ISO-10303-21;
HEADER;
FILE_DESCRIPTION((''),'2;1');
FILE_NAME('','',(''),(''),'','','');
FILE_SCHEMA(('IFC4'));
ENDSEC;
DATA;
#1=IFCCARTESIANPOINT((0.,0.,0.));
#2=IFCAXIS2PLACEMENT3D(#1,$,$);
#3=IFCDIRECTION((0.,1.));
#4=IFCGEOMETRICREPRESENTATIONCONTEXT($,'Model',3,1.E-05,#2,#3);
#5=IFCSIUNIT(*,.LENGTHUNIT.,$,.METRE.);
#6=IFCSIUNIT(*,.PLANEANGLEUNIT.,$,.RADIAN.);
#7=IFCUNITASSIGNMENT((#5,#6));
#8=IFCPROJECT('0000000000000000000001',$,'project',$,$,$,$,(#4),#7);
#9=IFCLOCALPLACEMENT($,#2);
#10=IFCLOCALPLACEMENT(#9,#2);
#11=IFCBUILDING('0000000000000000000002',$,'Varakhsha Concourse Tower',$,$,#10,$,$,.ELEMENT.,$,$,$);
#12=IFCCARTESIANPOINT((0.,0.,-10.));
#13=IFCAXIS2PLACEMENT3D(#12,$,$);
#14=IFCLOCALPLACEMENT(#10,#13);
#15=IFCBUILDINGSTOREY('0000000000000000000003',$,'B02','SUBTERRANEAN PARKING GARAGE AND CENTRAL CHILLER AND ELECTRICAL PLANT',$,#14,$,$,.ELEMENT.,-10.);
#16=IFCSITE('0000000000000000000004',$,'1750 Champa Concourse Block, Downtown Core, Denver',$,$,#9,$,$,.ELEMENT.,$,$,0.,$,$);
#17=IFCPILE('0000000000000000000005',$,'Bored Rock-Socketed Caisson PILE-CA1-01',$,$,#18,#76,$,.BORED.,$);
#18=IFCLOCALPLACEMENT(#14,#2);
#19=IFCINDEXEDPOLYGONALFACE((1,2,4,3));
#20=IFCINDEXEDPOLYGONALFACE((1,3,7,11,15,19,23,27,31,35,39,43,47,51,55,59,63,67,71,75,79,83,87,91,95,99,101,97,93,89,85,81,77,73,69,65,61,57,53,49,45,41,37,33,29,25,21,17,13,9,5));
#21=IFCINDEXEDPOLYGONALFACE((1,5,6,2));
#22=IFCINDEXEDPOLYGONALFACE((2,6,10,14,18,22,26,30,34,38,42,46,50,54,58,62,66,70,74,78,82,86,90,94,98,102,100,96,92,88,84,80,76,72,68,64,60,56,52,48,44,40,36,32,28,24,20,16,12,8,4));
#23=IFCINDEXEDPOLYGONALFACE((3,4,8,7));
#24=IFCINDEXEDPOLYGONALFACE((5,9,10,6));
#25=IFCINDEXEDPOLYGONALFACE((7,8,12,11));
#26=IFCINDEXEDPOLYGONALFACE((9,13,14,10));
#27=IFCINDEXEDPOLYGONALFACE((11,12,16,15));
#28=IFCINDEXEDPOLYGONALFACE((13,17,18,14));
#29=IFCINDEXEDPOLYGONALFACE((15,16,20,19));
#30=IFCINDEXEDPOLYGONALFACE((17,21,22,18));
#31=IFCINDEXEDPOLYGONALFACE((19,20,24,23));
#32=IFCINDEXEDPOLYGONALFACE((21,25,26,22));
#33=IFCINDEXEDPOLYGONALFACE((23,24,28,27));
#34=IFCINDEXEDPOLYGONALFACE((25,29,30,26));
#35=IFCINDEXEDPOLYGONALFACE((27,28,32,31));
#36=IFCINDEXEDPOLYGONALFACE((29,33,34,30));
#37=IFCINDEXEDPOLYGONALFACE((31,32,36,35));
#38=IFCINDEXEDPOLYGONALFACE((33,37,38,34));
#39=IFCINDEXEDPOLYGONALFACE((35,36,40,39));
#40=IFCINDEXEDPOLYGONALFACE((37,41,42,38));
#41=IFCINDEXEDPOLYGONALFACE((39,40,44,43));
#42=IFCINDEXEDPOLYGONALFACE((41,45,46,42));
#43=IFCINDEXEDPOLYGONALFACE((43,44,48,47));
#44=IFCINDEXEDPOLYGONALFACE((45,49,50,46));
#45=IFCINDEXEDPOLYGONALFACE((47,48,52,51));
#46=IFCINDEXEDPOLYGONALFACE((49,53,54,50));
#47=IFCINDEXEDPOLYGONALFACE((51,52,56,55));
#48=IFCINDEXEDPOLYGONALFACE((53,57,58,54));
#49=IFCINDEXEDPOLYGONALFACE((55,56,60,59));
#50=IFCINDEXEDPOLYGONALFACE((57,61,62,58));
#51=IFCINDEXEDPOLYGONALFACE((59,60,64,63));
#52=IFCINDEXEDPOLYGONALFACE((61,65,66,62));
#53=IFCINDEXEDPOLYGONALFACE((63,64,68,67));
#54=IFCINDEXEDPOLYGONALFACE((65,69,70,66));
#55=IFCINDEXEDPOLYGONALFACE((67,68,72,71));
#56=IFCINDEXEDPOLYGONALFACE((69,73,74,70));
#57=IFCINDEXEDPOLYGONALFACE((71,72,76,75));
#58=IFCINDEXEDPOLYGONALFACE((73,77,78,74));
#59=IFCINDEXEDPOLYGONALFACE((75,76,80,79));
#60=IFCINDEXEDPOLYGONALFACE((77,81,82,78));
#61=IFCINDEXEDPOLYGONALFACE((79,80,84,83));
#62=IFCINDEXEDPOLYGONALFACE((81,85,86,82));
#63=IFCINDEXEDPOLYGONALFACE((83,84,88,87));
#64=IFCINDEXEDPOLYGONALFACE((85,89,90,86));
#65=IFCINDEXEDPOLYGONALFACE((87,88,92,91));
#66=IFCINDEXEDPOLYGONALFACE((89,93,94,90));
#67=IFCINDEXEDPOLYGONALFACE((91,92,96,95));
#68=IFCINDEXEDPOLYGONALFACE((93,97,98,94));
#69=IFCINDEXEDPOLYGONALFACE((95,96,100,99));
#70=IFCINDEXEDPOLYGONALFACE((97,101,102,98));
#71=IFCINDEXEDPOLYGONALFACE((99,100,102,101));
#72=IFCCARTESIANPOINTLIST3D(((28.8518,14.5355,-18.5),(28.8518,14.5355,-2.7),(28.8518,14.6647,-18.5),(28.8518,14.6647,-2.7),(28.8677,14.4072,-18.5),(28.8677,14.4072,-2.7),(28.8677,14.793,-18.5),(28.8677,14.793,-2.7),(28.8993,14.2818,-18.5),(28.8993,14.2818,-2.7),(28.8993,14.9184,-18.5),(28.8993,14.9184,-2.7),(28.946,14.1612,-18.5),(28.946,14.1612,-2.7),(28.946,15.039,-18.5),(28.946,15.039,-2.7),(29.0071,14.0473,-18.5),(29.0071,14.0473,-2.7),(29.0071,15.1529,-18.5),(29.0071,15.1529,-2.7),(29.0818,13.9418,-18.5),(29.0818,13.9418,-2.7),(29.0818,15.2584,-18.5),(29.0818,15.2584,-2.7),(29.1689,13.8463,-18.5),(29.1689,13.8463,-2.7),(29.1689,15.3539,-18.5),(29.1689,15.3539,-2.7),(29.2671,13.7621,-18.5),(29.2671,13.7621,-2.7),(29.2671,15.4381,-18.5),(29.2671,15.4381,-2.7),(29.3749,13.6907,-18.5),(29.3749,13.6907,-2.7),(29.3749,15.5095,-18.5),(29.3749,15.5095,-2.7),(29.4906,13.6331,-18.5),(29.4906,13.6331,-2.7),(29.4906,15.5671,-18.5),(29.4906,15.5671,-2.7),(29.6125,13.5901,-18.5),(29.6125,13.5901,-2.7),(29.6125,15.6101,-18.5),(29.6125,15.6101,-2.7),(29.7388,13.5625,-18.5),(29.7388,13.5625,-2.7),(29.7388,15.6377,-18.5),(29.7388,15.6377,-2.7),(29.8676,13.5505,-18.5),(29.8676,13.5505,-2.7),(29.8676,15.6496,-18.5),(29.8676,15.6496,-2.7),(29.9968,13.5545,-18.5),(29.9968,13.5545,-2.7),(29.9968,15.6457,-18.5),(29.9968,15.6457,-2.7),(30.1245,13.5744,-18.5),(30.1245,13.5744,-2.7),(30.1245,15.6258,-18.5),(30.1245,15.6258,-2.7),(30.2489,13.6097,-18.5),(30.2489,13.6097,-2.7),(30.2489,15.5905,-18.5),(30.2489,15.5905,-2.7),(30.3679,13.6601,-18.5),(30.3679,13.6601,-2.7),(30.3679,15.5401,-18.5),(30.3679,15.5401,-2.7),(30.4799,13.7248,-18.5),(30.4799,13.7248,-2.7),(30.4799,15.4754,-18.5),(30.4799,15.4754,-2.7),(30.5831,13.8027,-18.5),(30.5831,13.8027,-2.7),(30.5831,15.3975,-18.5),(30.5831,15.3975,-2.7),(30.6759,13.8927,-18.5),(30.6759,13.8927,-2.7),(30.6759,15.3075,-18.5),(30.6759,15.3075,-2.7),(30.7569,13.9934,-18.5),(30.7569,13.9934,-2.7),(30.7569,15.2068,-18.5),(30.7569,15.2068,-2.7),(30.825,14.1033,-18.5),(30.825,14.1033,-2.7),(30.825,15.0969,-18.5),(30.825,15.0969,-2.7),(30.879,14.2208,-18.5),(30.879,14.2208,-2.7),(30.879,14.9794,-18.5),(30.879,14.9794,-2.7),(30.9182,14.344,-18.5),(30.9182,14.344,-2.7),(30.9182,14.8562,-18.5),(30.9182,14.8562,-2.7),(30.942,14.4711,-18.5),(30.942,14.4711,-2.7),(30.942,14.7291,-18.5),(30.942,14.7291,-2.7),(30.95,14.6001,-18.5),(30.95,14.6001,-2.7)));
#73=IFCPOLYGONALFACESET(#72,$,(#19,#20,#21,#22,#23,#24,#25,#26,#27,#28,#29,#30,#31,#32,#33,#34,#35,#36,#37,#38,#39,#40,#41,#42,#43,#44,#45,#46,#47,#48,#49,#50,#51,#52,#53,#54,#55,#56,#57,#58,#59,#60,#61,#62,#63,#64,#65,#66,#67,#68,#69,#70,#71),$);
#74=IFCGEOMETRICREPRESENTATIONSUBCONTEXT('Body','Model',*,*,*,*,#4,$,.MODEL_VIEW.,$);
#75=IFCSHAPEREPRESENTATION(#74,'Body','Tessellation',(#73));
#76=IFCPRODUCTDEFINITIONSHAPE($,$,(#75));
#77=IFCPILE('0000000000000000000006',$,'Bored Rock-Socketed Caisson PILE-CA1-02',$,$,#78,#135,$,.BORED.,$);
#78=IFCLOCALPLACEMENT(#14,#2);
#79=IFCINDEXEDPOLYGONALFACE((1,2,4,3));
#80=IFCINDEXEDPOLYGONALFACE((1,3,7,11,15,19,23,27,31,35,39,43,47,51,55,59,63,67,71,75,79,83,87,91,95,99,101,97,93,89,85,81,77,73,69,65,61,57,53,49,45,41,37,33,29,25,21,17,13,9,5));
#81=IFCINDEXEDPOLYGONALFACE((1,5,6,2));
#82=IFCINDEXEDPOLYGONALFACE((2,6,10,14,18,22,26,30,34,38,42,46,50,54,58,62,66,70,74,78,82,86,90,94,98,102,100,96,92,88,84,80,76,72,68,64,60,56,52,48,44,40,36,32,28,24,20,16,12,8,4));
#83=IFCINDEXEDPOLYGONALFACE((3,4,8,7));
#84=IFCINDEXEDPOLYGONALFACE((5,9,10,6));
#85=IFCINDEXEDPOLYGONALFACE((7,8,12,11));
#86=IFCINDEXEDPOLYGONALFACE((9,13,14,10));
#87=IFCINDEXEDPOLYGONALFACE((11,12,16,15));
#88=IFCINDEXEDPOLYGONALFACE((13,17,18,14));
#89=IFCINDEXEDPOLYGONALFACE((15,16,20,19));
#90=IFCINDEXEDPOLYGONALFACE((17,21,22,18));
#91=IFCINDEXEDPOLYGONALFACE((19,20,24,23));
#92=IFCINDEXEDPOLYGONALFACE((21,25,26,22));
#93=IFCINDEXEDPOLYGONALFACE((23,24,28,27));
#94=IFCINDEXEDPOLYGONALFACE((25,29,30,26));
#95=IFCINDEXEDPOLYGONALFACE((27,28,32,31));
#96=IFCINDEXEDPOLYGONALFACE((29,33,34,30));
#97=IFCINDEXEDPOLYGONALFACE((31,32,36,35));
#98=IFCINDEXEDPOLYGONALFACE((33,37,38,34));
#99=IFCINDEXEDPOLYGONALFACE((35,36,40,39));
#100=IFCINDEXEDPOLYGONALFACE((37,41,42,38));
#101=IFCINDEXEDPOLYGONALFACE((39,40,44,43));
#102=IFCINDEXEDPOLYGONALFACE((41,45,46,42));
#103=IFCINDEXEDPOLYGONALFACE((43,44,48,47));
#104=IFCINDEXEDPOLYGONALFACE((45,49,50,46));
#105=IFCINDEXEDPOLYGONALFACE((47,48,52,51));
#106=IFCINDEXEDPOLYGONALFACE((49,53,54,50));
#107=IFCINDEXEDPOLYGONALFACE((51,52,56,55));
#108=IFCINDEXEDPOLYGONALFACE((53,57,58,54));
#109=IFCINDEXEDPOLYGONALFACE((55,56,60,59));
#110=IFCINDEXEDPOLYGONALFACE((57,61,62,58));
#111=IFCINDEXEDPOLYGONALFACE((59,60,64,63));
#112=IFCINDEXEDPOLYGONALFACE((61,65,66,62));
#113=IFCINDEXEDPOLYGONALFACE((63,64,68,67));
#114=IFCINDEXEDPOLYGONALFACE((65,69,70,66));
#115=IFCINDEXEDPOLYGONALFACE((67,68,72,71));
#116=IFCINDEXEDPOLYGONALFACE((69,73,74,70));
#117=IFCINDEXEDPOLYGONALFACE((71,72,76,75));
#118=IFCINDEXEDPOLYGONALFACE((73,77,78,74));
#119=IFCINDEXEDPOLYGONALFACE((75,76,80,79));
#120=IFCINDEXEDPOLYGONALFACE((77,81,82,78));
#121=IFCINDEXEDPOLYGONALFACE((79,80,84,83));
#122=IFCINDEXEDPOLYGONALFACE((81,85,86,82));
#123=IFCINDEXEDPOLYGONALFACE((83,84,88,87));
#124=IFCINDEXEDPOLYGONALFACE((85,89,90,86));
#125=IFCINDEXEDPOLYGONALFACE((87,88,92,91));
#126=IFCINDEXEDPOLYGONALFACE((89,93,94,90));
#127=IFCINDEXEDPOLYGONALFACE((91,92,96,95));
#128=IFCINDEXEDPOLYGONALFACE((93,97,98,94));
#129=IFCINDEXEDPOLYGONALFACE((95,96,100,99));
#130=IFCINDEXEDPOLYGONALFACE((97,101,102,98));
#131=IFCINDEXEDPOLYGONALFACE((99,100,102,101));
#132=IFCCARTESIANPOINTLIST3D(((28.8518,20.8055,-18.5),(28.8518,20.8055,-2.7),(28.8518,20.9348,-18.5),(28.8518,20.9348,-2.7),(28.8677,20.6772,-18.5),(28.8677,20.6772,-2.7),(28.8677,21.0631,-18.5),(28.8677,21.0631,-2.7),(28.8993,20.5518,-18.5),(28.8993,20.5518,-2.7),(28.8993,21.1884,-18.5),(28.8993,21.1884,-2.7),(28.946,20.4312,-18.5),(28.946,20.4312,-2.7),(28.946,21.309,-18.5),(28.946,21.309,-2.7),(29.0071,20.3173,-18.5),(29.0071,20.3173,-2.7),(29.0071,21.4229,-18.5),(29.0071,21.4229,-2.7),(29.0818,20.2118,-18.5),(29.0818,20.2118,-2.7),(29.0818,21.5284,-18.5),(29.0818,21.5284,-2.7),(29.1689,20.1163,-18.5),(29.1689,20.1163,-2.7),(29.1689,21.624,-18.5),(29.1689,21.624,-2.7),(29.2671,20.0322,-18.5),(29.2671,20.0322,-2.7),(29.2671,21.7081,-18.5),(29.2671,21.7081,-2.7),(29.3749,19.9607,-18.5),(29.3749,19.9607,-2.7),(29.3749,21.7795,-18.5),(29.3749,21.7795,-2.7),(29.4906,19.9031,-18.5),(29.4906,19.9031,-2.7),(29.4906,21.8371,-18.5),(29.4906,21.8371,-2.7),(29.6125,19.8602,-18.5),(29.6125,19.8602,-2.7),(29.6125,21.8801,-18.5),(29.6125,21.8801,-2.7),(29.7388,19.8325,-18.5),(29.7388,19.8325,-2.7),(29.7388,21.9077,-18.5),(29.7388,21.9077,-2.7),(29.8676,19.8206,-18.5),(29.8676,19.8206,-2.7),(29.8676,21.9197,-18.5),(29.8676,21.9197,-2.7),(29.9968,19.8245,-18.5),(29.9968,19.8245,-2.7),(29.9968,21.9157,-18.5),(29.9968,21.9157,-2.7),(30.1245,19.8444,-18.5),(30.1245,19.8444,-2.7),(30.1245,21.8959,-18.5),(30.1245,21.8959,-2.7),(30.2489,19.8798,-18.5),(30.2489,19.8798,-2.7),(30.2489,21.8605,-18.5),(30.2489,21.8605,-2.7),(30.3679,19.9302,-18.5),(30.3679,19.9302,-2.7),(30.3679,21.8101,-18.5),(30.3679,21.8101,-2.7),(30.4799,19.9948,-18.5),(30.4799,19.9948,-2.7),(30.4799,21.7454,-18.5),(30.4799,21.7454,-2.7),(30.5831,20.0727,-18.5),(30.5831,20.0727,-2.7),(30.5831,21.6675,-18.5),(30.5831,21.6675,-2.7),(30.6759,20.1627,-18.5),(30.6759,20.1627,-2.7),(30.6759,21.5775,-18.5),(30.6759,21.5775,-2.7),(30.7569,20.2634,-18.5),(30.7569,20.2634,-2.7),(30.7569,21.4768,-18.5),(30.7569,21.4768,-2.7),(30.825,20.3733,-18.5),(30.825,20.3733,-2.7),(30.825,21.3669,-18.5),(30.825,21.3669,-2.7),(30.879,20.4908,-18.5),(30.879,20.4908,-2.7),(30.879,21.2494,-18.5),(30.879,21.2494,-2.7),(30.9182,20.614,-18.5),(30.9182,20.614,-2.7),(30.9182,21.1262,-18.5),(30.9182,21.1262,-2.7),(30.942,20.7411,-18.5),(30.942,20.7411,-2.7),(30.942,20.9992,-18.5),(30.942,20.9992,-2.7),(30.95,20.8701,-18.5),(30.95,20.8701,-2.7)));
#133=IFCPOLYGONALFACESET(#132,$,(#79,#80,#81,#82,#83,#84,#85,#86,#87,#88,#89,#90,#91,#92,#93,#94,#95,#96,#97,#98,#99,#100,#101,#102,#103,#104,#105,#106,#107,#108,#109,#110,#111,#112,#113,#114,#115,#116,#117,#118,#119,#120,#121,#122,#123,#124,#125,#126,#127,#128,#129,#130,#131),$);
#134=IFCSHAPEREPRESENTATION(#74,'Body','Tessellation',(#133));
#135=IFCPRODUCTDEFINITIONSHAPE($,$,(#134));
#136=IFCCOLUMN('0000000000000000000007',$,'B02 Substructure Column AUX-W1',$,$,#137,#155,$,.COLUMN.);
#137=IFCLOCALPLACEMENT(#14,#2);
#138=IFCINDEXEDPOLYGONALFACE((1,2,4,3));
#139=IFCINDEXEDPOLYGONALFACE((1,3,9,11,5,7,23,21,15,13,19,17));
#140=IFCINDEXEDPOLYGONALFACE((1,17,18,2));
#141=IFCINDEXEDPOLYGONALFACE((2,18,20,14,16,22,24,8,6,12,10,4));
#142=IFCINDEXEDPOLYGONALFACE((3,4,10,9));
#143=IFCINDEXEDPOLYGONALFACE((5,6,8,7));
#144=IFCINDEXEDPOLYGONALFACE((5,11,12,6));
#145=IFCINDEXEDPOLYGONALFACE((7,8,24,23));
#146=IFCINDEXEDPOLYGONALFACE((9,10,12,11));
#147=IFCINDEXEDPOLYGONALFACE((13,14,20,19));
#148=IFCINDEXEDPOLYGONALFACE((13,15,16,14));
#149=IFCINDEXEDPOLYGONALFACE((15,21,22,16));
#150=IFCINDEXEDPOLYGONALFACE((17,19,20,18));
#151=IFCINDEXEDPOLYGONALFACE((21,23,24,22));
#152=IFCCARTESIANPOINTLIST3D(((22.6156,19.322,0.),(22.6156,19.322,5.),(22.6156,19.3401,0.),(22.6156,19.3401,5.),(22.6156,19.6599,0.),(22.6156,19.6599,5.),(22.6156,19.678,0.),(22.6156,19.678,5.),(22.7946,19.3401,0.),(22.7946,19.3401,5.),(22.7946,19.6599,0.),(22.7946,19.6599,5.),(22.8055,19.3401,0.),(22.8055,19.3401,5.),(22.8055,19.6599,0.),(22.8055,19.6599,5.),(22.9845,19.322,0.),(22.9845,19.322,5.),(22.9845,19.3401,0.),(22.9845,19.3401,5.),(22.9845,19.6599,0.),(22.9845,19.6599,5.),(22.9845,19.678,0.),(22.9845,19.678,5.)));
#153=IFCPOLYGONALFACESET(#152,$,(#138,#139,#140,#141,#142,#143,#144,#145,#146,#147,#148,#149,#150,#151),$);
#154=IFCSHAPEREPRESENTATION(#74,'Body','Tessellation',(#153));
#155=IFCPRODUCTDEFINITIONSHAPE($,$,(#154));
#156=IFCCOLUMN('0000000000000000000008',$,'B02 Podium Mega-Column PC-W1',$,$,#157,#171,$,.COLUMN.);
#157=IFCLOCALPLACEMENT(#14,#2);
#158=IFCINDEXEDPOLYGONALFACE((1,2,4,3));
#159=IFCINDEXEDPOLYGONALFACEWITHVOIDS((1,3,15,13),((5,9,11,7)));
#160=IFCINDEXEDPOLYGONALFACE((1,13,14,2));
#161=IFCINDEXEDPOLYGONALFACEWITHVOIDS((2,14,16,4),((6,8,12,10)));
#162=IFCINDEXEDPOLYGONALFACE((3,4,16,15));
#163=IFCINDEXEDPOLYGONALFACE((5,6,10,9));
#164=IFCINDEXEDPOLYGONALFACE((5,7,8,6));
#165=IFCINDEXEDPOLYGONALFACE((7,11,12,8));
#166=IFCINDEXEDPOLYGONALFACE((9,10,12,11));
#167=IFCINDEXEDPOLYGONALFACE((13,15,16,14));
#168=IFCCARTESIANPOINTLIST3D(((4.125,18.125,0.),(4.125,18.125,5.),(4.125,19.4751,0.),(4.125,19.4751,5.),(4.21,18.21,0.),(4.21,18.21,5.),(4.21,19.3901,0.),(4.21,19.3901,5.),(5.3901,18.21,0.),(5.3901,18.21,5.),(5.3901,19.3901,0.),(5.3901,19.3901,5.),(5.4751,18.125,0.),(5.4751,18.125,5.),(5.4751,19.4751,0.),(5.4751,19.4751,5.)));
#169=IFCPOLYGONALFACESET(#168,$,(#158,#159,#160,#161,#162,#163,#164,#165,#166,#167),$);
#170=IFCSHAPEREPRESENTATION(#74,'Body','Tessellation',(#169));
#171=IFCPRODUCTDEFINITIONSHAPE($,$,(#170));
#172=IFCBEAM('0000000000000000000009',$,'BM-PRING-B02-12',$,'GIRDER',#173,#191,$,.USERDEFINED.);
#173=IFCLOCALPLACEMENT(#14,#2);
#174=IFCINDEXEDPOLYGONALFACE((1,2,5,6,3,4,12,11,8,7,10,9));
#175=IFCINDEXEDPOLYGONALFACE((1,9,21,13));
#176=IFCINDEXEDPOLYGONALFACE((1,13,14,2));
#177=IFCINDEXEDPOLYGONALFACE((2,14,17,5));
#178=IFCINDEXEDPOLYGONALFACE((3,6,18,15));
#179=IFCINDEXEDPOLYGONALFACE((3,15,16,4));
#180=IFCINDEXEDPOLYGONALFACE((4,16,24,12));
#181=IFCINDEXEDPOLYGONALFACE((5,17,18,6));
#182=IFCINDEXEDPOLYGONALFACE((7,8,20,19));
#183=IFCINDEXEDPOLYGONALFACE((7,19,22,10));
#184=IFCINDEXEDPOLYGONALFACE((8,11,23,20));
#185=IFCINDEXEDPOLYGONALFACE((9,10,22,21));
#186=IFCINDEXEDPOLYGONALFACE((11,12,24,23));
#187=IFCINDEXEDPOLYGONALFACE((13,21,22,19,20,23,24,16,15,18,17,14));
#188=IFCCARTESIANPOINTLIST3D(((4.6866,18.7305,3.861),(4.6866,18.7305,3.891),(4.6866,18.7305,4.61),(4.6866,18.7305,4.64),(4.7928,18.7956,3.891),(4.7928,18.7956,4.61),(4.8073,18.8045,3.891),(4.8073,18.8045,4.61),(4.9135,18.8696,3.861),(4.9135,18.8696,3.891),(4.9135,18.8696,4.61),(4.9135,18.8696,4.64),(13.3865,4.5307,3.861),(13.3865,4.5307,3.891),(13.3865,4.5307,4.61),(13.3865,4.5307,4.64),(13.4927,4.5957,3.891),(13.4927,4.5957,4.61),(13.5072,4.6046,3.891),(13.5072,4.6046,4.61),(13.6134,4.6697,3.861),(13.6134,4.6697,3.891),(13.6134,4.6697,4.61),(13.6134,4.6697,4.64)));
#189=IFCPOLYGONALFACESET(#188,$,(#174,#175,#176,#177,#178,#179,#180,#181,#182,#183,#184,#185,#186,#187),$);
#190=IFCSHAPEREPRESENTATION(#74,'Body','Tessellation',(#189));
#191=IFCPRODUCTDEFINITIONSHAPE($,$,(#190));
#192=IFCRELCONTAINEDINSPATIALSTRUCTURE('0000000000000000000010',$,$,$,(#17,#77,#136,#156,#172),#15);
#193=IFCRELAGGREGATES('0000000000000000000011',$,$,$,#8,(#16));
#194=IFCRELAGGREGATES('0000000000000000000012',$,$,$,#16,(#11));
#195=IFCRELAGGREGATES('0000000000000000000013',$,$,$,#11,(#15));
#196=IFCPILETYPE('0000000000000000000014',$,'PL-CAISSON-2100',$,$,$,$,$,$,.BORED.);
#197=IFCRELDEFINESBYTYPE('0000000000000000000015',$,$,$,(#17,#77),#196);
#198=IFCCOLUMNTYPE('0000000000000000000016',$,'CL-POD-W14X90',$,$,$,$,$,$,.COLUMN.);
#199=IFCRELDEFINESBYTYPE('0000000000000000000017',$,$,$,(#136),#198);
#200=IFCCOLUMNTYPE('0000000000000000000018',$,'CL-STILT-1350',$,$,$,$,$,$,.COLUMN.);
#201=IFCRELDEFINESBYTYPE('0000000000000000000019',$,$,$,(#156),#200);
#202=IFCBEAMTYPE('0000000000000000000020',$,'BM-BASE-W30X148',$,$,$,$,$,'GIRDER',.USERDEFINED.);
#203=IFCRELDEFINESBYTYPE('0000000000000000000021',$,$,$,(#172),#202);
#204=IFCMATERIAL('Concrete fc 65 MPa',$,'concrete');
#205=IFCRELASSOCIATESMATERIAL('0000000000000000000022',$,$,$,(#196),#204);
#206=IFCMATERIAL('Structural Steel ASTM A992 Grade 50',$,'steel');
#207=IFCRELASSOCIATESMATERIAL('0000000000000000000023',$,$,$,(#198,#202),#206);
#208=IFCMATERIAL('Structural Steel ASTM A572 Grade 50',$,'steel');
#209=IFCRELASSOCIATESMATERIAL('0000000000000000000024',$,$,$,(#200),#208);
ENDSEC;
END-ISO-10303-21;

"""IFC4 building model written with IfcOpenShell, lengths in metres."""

from ifc_helpers import new_model, si_unit, direction, frame, origin, origin_2d, place, context, subcontext, project, spatial, hollow_rectangle, circle, i_section, extrude, material, material_profile, profile_set, type_object, element, save


model = new_model("IFC4")

# Units and contexts
model_context = context("Model", 3, precision=1e-05, world=origin(), true_north=direction((0.0, 1.0)))
body_context = subcontext(model_context, "Body", "Model", "MODEL_VIEW")
ifc_project = project(units=[si_unit("LENGTHUNIT", "METRE"), si_unit("PLANEANGLEUNIT", "RADIAN")], contexts=[model_context])

# Site, building, storey
site_placement = place(None, origin())
site = spatial("IfcSite", under=ifc_project, at=site_placement, Name="1750 Champa Concourse Block, Downtown Core, Denver", CompositionType="ELEMENT", RefElevation=0.0)
building_placement = place(site_placement, origin())
building = spatial("IfcBuilding", under=site, at=building_placement, Name="Varakhsha Concourse Tower", CompositionType="ELEMENT")
storey_placement = place(building_placement, frame((0.0, 0.0, -10.0)))
storey = spatial("IfcBuildingStorey", under=building, at=storey_placement, Name="B02", Description="SUBTERRANEAN PARKING GARAGE AND CENTRAL CHILLER AND ELECTRICAL PLANT", CompositionType="ELEMENT", Elevation=-10.0)

# Piles
ifc_material_1 = material(Name="Concrete fc 65 MPa", Category="concrete")
ifc_material_profile_1 = material_profile(ifc_material_1, circle(Radius=1.05, at=origin_2d()), Name="CAISSON D2100")
ifc_profile_set_1 = profile_set([ifc_material_profile_1], Name="Concrete fc 65 MPa")
pile_type_1 = type_object("IfcPileType", Name="PL-CAISSON-2100", PredefinedType="BORED", material=ifc_profile_set_1)
for number, where, z_axis, x_axis, name in (
    (1, (29.8999, 14.6001, -2.7), (0.0, 0.0, -1.0), (1.0, 0.0, 0.0), "Bored Rock-Socketed Caisson PILE-CA1-01"),
    (2, (29.8999, 20.8701, -2.7), (0.0, 0.0, -1.0), (1.0, 0.0, 0.0), "Bored Rock-Socketed Caisson PILE-CA1-02"),
):
    element("IfcPile", number, at=place(storey_placement, frame(where, z_axis=z_axis, x_axis=x_axis)), inside=storey, type_object=pile_type_1, Name=name, PredefinedType="BORED", context=body_context, shape_type="SweptSolid", body=[
        extrude(circle(Radius=1.05, at=origin_2d()), origin(), (0.0, 0.0, 1.0), 15.8),
    ])

# Columns
ifc_material_2 = material(Name="Structural Steel ASTM A992 Grade 50", Category="steel")
ifc_material_profile_2 = material_profile(ifc_material_2, i_section(OverallWidth=0.3689, OverallDepth=0.356, WebThickness=0.011, FlangeThickness=0.0181, at=origin_2d()), Name="W14X90")
ifc_profile_set_2 = profile_set([ifc_material_profile_2], Name="Structural Steel ASTM A992 Grade 50")
column_type_1 = type_object("IfcColumnType", Name="CL-POD-W14X90", PredefinedType="COLUMN", material=ifc_profile_set_2)
column_1_placement = place(storey_placement, frame((22.8, 19.5, 0.0), z_axis=(0.0, 0.0, 1.0), x_axis=(1.0, 0.0, 0.0)))
element("IfcColumn", 3, at=column_1_placement, inside=storey, type_object=column_type_1, Name="B02 Substructure Column AUX-W1", PredefinedType="COLUMN", context=body_context, shape_type="SweptSolid", body=[
    extrude(i_section(OverallWidth=0.3689, OverallDepth=0.356, WebThickness=0.011, FlangeThickness=0.0181, at=origin_2d()), origin(), (0.0, 0.0, 1.0), 5.0),
])
ifc_material_3 = material(Name="Structural Steel ASTM A572 Grade 50", Category="steel")
ifc_material_profile_3 = material_profile(ifc_material_3, hollow_rectangle(XDim=1.3501, YDim=1.3501, WallThickness=0.085, at=origin_2d()), Name="BOX 1350x1350x85")
ifc_profile_set_3 = profile_set([ifc_material_profile_3], Name="Structural Steel ASTM A572 Grade 50")
column_type_2 = type_object("IfcColumnType", Name="CL-STILT-1350", PredefinedType="COLUMN", material=ifc_profile_set_3)
column_2_placement = place(storey_placement, frame((4.8, 18.8, 0.0), z_axis=(0.0, 0.0, 1.0), x_axis=(1.0, 0.0, 0.0)))
element("IfcColumn", 4, at=column_2_placement, inside=storey, type_object=column_type_2, Name="B02 Podium Mega-Column PC-W1", PredefinedType="COLUMN", context=body_context, shape_type="SweptSolid", body=[
    extrude(hollow_rectangle(XDim=1.3501, YDim=1.3501, WallThickness=0.085, at=origin_2d()), origin(), (0.0, 0.0, 1.0), 5.0),
])

# Beam
ifc_material_profile_4 = material_profile(ifc_material_2, i_section(OverallWidth=0.2661, OverallDepth=0.7791, WebThickness=0.0171, FlangeThickness=0.03, at=origin_2d()), Name="W30X148")
ifc_profile_set_4 = profile_set([ifc_material_profile_4], Name="Structural Steel ASTM A992 Grade 50")
beam_type = type_object("IfcBeamType", Name="BM-BASE-W30X148", ElementType="GIRDER", PredefinedType="USERDEFINED", material=ifc_profile_set_4)
beam_placement = place(storey_placement, frame((4.8, 18.8, 4.2505), z_axis=(0.52242, -0.852688, 0.0), x_axis=(0.852688, 0.52242, 0.0)))
element("IfcBeam", 5, at=beam_placement, inside=storey, type_object=beam_type, Name="BM-PRING-B02-12", ObjectType="GIRDER", PredefinedType="USERDEFINED", context=body_context, shape_type="SweptSolid", body=[
    extrude(i_section(OverallWidth=0.2661, OverallDepth=0.7791, WebThickness=0.0171, FlangeThickness=0.03, at=origin_2d()), origin(), (0.0, 0.0, 1.0), 16.6531),
])

save(model, "model.ifc")
